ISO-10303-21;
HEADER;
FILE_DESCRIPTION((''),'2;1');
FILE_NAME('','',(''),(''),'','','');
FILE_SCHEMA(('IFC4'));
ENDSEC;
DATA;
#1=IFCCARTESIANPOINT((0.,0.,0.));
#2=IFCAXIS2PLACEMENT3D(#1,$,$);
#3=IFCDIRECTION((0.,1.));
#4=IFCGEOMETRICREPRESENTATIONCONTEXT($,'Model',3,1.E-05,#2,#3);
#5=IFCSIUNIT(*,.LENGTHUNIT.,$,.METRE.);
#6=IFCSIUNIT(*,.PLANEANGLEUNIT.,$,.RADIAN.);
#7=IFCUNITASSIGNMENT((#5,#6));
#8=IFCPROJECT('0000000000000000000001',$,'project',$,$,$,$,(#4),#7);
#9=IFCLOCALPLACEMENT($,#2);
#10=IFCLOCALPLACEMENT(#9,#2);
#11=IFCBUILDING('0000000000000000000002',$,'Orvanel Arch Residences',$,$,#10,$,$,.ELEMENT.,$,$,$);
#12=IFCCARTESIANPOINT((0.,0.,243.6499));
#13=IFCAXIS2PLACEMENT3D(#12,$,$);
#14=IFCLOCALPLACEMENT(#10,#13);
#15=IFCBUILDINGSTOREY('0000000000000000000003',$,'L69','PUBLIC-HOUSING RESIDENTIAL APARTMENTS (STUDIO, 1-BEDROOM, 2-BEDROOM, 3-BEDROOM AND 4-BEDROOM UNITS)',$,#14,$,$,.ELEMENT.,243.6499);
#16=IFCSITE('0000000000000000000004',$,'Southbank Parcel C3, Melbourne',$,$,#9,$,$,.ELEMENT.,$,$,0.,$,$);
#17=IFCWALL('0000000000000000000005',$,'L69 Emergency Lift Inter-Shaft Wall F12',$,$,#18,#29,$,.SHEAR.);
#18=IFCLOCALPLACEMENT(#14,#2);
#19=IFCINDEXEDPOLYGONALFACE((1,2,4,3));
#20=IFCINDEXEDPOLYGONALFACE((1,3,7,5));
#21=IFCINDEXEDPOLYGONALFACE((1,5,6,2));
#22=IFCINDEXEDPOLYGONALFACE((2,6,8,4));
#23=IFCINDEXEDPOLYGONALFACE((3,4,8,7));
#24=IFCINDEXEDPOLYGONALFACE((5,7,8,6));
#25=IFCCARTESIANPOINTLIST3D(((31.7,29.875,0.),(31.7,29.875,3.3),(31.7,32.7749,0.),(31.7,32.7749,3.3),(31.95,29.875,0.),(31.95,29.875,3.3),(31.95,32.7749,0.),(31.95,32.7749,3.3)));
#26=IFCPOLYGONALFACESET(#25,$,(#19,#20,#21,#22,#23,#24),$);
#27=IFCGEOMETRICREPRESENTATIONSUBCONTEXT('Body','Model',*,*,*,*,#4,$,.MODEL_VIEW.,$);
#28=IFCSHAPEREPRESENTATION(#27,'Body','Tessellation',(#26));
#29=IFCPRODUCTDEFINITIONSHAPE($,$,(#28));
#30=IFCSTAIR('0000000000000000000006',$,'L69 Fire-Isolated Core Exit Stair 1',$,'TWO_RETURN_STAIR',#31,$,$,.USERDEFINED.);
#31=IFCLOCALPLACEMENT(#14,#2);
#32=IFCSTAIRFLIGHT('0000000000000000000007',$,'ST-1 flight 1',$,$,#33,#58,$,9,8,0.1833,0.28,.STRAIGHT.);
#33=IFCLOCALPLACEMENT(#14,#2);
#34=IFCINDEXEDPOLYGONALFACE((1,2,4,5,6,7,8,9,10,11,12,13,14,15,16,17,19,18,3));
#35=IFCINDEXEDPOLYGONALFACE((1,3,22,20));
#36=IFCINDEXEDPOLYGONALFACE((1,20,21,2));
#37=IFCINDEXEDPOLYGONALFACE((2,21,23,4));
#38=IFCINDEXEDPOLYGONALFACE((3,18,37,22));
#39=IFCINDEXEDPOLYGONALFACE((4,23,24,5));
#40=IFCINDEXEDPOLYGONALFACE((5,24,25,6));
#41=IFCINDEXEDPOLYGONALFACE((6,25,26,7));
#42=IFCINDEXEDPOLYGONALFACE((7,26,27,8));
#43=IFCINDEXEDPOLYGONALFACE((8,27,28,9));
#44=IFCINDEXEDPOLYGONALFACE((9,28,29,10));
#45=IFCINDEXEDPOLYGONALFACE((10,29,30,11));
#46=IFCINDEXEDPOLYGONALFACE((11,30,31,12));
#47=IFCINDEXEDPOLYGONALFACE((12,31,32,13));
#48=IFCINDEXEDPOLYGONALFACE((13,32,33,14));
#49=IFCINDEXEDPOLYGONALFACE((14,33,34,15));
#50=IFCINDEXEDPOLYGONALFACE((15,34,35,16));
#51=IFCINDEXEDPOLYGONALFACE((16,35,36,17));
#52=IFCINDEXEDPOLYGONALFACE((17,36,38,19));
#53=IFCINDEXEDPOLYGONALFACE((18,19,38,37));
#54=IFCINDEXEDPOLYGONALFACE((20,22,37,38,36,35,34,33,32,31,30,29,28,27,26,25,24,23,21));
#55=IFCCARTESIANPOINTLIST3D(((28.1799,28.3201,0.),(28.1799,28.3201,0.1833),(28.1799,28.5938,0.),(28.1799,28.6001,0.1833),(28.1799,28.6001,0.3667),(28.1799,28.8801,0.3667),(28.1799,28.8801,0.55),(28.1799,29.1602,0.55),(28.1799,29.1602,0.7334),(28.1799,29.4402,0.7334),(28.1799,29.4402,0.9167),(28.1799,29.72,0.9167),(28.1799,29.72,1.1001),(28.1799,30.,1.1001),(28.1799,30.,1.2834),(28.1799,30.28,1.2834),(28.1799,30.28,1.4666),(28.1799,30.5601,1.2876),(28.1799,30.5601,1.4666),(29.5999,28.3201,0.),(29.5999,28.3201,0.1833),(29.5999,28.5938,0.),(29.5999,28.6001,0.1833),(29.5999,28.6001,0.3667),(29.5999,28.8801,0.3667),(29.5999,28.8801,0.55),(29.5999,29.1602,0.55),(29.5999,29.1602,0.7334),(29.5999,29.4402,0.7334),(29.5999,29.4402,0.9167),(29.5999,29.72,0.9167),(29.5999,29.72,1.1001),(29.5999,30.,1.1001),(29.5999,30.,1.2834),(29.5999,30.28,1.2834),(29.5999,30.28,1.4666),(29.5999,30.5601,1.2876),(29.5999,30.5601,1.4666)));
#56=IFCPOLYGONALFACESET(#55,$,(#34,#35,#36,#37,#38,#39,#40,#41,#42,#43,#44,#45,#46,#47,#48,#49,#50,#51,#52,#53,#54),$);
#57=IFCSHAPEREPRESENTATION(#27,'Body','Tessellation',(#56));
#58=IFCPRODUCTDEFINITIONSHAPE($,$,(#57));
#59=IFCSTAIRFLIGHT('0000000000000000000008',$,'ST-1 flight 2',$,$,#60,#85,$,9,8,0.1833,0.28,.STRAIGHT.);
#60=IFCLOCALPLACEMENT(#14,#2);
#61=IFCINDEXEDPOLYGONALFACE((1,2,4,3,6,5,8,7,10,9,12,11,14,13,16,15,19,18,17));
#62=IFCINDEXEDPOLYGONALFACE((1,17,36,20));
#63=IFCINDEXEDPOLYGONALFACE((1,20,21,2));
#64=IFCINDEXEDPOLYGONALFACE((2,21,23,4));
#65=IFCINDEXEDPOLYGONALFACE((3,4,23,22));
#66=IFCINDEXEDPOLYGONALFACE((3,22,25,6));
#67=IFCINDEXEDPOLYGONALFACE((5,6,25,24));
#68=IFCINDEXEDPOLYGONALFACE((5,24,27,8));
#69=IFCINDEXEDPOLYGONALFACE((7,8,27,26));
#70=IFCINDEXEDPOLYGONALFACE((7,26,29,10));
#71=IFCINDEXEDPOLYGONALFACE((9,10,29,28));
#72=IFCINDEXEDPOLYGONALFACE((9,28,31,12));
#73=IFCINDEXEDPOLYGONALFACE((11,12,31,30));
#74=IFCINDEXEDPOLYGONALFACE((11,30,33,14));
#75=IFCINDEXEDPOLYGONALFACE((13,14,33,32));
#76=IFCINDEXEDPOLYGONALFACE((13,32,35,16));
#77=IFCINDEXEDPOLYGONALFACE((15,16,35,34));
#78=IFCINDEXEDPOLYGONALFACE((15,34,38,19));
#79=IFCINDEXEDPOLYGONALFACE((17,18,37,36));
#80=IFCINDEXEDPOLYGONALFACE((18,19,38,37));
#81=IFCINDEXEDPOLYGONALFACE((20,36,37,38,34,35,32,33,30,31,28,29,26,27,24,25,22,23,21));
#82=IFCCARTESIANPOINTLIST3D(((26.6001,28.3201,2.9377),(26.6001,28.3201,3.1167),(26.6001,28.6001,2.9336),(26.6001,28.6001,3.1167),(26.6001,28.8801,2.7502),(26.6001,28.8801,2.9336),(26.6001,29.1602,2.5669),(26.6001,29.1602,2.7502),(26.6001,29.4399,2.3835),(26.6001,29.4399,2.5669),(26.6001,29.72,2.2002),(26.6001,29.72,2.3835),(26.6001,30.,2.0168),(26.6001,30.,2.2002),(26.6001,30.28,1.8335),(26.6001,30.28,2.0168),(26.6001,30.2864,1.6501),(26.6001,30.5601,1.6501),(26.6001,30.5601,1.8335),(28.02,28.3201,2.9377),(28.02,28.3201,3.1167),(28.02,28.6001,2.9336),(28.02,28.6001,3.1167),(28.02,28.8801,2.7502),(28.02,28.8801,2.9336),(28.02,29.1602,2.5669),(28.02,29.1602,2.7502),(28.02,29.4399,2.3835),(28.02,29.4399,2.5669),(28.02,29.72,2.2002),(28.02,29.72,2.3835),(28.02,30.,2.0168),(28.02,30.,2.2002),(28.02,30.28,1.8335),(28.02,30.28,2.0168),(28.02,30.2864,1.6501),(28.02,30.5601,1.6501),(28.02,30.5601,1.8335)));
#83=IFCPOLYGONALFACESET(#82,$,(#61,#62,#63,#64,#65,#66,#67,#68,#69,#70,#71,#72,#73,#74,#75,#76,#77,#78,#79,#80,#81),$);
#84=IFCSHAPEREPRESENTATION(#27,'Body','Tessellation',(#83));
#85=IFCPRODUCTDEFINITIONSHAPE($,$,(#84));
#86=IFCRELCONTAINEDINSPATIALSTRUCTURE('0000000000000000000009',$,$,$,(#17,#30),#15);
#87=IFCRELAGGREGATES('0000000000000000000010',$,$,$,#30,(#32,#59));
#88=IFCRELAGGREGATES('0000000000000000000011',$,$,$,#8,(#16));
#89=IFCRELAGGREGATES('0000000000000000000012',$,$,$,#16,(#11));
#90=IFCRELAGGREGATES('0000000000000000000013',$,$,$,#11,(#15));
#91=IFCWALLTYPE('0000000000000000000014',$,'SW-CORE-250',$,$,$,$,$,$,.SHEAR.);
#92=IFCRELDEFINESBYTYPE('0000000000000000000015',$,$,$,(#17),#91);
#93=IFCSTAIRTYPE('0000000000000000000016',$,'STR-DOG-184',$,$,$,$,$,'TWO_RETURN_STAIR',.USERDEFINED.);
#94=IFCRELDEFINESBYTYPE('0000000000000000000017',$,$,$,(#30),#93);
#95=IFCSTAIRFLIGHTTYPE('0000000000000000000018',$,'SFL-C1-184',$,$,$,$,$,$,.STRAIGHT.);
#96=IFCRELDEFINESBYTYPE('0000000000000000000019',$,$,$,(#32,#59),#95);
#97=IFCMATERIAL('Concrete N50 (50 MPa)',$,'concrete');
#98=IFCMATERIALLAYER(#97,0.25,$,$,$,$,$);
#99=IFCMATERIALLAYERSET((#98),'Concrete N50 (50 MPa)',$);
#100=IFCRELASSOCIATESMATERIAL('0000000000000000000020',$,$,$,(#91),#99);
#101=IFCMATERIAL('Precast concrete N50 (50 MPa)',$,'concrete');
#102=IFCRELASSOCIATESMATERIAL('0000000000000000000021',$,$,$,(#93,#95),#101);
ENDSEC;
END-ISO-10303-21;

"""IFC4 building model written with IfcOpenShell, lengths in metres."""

from ifc_helpers import new_model, si_unit, direction, frame, frame_2d, origin, place, context, subcontext, project, spatial, polyline, rectangle, outline, extrude, material, layer, layer_set, type_object, element, aggregate, save


model = new_model("IFC4")

# Units and contexts
model_context = context("Model", 3, precision=1e-05, world=origin(), true_north=direction((0.0, 1.0)))
body_context = subcontext(model_context, "Body", "Model", "MODEL_VIEW")
ifc_project = project(units=[si_unit("LENGTHUNIT", "METRE"), si_unit("PLANEANGLEUNIT", "RADIAN")], contexts=[model_context])

# Site, building, storey
site_placement = place(None, origin())
site = spatial("IfcSite", under=ifc_project, at=site_placement, Name="Southbank Parcel C3, Melbourne", CompositionType="ELEMENT", RefElevation=0.0)
building_placement = place(site_placement, origin())
building = spatial("IfcBuilding", under=site, at=building_placement, Name="Orvanel Arch Residences", CompositionType="ELEMENT")
storey_placement = place(building_placement, frame((0.0, 0.0, 243.6499)))
storey = spatial("IfcBuildingStorey", under=building, at=storey_placement, Name="L69", Description="PUBLIC-HOUSING RESIDENTIAL APARTMENTS (STUDIO, 1-BEDROOM, 2-BEDROOM, 3-BEDROOM AND 4-BEDROOM UNITS)", CompositionType="ELEMENT", Elevation=243.6499)

# Shared definitions
ifc_material_1 = material(Name="Concrete N50 (50 MPa)", Category="concrete")
ifc_layer = layer(ifc_material_1, 0.25)
ifc_layer_set = layer_set([ifc_layer], Name="Concrete N50 (50 MPa)")
wall_type = type_object("IfcWallType", Name="SW-CORE-250", PredefinedType="SHEAR", material=ifc_layer_set)

# Wall
wall_1_placement = place(storey_placement, frame((31.825, 29.875, 0.0), z_axis=(0.0, 0.0, 1.0), x_axis=(0.0, 1.0, 0.0)))
element("IfcWall", 1, at=wall_1_placement, inside=storey, type_object=wall_type, Name="L69 Emergency Lift Inter-Shaft Wall F12", PredefinedType="SHEAR", context=body_context, shape_type="SweptSolid", body=[
    extrude(rectangle(XDim=2.8999, YDim=0.25, at=frame_2d((1.45, 0.0))), origin(), (0.0, 0.0, 1.0), 3.3),
])

# Stair, stair flights
ifc_material_2 = material(Name="Precast concrete N50 (50 MPa)", Category="concrete")
stair_type = type_object("IfcStairType", Name="STR-DOG-184", ElementType="TWO_RETURN_STAIR", PredefinedType="USERDEFINED", material=ifc_material_2)
stair_placement = place(storey_placement, origin())
stair = element("IfcStair", 2, at=stair_placement, inside=storey, type_object=stair_type, Name="L69 Fire-Isolated Core Exit Stair 1", ObjectType="TWO_RETURN_STAIR", PredefinedType="USERDEFINED")
stair_flight_type = type_object("IfcStairFlightType", Name="SFL-C1-184", PredefinedType="STRAIGHT", material=ifc_material_2)
stair_flight_1_placement = place(storey_placement, frame((28.8899, 28.3201, 0.0), z_axis=(0.0, 0.0, 1.0), x_axis=(0.0, 1.0, 0.0)))
stair_flight_1 = element("IfcStairFlight", 3, at=stair_flight_1_placement, type_object=stair_flight_type, Name="ST-1 flight 1", NumberOfRisers=9, NumberOfTreads=8, PredefinedType="STRAIGHT", RiserHeight=0.1833, TreadLength=0.28, context=body_context, shape_type="SweptSolid", body=[
    extrude(outline(polyline([(0.0, 0.0), (0.0, 0.1833), (0.28, 0.1833), (0.28, 0.3667), (0.5601, 0.3667), (0.5601, 0.55), (0.8401, 0.55), (0.8401, 0.7334), (1.1201, 0.7334), (1.1201, 0.9167), (1.3999, 0.9167), (1.3999, 1.1001), (1.6799, 1.1001), (1.6799, 1.2834), (1.96, 1.2834), (1.96, 1.4666), (2.24, 1.4666), (2.24, 1.6499), (2.24, 1.2876), (0.2737, 0.0), (0.0, 0.0)])), frame((0.0, 0.71, 0.0), z_axis=(0.0, -1.0, 0.0), x_axis=(1.0, 0.0, 0.0)), (0.0, 0.0, 1.0), 1.4199),
])
stair_flight_2_placement = place(storey_placement, frame((27.3101, 30.5601, 1.6501), z_axis=(0.0, 0.0, 1.0), x_axis=(0.0, -1.0, 0.0)))
stair_flight_2 = element("IfcStairFlight", 4, at=stair_flight_2_placement, type_object=stair_flight_type, Name="ST-1 flight 2", NumberOfRisers=9, NumberOfTreads=8, PredefinedType="STRAIGHT", RiserHeight=0.1833, TreadLength=0.28, context=body_context, shape_type="SweptSolid", body=[
    extrude(outline(polyline([(0.0, 0.0), (0.0, 0.1833), (0.28, 0.1833), (0.28, 0.3667), (0.5601, 0.3667), (0.5601, 0.55), (0.8401, 0.55), (0.8401, 0.7334), (1.1201, 0.7334), (1.1201, 0.9167), (1.3999, 0.9167), (1.3999, 1.1001), (1.6799, 1.1001), (1.6799, 1.2834), (1.96, 1.2834), (1.96, 1.4666), (2.24, 1.4666), (2.24, 1.6499), (2.24, 1.2876), (0.2737, 0.0), (0.0, 0.0)])), frame((0.0, 0.71, 0.0), z_axis=(0.0, -1.0, 0.0), x_axis=(1.0, 0.0, 0.0)), (0.0, 0.0, 1.0), 1.4199),
])
aggregate(stair, [stair_flight_1, stair_flight_2])

save(model, "model.ifc")
